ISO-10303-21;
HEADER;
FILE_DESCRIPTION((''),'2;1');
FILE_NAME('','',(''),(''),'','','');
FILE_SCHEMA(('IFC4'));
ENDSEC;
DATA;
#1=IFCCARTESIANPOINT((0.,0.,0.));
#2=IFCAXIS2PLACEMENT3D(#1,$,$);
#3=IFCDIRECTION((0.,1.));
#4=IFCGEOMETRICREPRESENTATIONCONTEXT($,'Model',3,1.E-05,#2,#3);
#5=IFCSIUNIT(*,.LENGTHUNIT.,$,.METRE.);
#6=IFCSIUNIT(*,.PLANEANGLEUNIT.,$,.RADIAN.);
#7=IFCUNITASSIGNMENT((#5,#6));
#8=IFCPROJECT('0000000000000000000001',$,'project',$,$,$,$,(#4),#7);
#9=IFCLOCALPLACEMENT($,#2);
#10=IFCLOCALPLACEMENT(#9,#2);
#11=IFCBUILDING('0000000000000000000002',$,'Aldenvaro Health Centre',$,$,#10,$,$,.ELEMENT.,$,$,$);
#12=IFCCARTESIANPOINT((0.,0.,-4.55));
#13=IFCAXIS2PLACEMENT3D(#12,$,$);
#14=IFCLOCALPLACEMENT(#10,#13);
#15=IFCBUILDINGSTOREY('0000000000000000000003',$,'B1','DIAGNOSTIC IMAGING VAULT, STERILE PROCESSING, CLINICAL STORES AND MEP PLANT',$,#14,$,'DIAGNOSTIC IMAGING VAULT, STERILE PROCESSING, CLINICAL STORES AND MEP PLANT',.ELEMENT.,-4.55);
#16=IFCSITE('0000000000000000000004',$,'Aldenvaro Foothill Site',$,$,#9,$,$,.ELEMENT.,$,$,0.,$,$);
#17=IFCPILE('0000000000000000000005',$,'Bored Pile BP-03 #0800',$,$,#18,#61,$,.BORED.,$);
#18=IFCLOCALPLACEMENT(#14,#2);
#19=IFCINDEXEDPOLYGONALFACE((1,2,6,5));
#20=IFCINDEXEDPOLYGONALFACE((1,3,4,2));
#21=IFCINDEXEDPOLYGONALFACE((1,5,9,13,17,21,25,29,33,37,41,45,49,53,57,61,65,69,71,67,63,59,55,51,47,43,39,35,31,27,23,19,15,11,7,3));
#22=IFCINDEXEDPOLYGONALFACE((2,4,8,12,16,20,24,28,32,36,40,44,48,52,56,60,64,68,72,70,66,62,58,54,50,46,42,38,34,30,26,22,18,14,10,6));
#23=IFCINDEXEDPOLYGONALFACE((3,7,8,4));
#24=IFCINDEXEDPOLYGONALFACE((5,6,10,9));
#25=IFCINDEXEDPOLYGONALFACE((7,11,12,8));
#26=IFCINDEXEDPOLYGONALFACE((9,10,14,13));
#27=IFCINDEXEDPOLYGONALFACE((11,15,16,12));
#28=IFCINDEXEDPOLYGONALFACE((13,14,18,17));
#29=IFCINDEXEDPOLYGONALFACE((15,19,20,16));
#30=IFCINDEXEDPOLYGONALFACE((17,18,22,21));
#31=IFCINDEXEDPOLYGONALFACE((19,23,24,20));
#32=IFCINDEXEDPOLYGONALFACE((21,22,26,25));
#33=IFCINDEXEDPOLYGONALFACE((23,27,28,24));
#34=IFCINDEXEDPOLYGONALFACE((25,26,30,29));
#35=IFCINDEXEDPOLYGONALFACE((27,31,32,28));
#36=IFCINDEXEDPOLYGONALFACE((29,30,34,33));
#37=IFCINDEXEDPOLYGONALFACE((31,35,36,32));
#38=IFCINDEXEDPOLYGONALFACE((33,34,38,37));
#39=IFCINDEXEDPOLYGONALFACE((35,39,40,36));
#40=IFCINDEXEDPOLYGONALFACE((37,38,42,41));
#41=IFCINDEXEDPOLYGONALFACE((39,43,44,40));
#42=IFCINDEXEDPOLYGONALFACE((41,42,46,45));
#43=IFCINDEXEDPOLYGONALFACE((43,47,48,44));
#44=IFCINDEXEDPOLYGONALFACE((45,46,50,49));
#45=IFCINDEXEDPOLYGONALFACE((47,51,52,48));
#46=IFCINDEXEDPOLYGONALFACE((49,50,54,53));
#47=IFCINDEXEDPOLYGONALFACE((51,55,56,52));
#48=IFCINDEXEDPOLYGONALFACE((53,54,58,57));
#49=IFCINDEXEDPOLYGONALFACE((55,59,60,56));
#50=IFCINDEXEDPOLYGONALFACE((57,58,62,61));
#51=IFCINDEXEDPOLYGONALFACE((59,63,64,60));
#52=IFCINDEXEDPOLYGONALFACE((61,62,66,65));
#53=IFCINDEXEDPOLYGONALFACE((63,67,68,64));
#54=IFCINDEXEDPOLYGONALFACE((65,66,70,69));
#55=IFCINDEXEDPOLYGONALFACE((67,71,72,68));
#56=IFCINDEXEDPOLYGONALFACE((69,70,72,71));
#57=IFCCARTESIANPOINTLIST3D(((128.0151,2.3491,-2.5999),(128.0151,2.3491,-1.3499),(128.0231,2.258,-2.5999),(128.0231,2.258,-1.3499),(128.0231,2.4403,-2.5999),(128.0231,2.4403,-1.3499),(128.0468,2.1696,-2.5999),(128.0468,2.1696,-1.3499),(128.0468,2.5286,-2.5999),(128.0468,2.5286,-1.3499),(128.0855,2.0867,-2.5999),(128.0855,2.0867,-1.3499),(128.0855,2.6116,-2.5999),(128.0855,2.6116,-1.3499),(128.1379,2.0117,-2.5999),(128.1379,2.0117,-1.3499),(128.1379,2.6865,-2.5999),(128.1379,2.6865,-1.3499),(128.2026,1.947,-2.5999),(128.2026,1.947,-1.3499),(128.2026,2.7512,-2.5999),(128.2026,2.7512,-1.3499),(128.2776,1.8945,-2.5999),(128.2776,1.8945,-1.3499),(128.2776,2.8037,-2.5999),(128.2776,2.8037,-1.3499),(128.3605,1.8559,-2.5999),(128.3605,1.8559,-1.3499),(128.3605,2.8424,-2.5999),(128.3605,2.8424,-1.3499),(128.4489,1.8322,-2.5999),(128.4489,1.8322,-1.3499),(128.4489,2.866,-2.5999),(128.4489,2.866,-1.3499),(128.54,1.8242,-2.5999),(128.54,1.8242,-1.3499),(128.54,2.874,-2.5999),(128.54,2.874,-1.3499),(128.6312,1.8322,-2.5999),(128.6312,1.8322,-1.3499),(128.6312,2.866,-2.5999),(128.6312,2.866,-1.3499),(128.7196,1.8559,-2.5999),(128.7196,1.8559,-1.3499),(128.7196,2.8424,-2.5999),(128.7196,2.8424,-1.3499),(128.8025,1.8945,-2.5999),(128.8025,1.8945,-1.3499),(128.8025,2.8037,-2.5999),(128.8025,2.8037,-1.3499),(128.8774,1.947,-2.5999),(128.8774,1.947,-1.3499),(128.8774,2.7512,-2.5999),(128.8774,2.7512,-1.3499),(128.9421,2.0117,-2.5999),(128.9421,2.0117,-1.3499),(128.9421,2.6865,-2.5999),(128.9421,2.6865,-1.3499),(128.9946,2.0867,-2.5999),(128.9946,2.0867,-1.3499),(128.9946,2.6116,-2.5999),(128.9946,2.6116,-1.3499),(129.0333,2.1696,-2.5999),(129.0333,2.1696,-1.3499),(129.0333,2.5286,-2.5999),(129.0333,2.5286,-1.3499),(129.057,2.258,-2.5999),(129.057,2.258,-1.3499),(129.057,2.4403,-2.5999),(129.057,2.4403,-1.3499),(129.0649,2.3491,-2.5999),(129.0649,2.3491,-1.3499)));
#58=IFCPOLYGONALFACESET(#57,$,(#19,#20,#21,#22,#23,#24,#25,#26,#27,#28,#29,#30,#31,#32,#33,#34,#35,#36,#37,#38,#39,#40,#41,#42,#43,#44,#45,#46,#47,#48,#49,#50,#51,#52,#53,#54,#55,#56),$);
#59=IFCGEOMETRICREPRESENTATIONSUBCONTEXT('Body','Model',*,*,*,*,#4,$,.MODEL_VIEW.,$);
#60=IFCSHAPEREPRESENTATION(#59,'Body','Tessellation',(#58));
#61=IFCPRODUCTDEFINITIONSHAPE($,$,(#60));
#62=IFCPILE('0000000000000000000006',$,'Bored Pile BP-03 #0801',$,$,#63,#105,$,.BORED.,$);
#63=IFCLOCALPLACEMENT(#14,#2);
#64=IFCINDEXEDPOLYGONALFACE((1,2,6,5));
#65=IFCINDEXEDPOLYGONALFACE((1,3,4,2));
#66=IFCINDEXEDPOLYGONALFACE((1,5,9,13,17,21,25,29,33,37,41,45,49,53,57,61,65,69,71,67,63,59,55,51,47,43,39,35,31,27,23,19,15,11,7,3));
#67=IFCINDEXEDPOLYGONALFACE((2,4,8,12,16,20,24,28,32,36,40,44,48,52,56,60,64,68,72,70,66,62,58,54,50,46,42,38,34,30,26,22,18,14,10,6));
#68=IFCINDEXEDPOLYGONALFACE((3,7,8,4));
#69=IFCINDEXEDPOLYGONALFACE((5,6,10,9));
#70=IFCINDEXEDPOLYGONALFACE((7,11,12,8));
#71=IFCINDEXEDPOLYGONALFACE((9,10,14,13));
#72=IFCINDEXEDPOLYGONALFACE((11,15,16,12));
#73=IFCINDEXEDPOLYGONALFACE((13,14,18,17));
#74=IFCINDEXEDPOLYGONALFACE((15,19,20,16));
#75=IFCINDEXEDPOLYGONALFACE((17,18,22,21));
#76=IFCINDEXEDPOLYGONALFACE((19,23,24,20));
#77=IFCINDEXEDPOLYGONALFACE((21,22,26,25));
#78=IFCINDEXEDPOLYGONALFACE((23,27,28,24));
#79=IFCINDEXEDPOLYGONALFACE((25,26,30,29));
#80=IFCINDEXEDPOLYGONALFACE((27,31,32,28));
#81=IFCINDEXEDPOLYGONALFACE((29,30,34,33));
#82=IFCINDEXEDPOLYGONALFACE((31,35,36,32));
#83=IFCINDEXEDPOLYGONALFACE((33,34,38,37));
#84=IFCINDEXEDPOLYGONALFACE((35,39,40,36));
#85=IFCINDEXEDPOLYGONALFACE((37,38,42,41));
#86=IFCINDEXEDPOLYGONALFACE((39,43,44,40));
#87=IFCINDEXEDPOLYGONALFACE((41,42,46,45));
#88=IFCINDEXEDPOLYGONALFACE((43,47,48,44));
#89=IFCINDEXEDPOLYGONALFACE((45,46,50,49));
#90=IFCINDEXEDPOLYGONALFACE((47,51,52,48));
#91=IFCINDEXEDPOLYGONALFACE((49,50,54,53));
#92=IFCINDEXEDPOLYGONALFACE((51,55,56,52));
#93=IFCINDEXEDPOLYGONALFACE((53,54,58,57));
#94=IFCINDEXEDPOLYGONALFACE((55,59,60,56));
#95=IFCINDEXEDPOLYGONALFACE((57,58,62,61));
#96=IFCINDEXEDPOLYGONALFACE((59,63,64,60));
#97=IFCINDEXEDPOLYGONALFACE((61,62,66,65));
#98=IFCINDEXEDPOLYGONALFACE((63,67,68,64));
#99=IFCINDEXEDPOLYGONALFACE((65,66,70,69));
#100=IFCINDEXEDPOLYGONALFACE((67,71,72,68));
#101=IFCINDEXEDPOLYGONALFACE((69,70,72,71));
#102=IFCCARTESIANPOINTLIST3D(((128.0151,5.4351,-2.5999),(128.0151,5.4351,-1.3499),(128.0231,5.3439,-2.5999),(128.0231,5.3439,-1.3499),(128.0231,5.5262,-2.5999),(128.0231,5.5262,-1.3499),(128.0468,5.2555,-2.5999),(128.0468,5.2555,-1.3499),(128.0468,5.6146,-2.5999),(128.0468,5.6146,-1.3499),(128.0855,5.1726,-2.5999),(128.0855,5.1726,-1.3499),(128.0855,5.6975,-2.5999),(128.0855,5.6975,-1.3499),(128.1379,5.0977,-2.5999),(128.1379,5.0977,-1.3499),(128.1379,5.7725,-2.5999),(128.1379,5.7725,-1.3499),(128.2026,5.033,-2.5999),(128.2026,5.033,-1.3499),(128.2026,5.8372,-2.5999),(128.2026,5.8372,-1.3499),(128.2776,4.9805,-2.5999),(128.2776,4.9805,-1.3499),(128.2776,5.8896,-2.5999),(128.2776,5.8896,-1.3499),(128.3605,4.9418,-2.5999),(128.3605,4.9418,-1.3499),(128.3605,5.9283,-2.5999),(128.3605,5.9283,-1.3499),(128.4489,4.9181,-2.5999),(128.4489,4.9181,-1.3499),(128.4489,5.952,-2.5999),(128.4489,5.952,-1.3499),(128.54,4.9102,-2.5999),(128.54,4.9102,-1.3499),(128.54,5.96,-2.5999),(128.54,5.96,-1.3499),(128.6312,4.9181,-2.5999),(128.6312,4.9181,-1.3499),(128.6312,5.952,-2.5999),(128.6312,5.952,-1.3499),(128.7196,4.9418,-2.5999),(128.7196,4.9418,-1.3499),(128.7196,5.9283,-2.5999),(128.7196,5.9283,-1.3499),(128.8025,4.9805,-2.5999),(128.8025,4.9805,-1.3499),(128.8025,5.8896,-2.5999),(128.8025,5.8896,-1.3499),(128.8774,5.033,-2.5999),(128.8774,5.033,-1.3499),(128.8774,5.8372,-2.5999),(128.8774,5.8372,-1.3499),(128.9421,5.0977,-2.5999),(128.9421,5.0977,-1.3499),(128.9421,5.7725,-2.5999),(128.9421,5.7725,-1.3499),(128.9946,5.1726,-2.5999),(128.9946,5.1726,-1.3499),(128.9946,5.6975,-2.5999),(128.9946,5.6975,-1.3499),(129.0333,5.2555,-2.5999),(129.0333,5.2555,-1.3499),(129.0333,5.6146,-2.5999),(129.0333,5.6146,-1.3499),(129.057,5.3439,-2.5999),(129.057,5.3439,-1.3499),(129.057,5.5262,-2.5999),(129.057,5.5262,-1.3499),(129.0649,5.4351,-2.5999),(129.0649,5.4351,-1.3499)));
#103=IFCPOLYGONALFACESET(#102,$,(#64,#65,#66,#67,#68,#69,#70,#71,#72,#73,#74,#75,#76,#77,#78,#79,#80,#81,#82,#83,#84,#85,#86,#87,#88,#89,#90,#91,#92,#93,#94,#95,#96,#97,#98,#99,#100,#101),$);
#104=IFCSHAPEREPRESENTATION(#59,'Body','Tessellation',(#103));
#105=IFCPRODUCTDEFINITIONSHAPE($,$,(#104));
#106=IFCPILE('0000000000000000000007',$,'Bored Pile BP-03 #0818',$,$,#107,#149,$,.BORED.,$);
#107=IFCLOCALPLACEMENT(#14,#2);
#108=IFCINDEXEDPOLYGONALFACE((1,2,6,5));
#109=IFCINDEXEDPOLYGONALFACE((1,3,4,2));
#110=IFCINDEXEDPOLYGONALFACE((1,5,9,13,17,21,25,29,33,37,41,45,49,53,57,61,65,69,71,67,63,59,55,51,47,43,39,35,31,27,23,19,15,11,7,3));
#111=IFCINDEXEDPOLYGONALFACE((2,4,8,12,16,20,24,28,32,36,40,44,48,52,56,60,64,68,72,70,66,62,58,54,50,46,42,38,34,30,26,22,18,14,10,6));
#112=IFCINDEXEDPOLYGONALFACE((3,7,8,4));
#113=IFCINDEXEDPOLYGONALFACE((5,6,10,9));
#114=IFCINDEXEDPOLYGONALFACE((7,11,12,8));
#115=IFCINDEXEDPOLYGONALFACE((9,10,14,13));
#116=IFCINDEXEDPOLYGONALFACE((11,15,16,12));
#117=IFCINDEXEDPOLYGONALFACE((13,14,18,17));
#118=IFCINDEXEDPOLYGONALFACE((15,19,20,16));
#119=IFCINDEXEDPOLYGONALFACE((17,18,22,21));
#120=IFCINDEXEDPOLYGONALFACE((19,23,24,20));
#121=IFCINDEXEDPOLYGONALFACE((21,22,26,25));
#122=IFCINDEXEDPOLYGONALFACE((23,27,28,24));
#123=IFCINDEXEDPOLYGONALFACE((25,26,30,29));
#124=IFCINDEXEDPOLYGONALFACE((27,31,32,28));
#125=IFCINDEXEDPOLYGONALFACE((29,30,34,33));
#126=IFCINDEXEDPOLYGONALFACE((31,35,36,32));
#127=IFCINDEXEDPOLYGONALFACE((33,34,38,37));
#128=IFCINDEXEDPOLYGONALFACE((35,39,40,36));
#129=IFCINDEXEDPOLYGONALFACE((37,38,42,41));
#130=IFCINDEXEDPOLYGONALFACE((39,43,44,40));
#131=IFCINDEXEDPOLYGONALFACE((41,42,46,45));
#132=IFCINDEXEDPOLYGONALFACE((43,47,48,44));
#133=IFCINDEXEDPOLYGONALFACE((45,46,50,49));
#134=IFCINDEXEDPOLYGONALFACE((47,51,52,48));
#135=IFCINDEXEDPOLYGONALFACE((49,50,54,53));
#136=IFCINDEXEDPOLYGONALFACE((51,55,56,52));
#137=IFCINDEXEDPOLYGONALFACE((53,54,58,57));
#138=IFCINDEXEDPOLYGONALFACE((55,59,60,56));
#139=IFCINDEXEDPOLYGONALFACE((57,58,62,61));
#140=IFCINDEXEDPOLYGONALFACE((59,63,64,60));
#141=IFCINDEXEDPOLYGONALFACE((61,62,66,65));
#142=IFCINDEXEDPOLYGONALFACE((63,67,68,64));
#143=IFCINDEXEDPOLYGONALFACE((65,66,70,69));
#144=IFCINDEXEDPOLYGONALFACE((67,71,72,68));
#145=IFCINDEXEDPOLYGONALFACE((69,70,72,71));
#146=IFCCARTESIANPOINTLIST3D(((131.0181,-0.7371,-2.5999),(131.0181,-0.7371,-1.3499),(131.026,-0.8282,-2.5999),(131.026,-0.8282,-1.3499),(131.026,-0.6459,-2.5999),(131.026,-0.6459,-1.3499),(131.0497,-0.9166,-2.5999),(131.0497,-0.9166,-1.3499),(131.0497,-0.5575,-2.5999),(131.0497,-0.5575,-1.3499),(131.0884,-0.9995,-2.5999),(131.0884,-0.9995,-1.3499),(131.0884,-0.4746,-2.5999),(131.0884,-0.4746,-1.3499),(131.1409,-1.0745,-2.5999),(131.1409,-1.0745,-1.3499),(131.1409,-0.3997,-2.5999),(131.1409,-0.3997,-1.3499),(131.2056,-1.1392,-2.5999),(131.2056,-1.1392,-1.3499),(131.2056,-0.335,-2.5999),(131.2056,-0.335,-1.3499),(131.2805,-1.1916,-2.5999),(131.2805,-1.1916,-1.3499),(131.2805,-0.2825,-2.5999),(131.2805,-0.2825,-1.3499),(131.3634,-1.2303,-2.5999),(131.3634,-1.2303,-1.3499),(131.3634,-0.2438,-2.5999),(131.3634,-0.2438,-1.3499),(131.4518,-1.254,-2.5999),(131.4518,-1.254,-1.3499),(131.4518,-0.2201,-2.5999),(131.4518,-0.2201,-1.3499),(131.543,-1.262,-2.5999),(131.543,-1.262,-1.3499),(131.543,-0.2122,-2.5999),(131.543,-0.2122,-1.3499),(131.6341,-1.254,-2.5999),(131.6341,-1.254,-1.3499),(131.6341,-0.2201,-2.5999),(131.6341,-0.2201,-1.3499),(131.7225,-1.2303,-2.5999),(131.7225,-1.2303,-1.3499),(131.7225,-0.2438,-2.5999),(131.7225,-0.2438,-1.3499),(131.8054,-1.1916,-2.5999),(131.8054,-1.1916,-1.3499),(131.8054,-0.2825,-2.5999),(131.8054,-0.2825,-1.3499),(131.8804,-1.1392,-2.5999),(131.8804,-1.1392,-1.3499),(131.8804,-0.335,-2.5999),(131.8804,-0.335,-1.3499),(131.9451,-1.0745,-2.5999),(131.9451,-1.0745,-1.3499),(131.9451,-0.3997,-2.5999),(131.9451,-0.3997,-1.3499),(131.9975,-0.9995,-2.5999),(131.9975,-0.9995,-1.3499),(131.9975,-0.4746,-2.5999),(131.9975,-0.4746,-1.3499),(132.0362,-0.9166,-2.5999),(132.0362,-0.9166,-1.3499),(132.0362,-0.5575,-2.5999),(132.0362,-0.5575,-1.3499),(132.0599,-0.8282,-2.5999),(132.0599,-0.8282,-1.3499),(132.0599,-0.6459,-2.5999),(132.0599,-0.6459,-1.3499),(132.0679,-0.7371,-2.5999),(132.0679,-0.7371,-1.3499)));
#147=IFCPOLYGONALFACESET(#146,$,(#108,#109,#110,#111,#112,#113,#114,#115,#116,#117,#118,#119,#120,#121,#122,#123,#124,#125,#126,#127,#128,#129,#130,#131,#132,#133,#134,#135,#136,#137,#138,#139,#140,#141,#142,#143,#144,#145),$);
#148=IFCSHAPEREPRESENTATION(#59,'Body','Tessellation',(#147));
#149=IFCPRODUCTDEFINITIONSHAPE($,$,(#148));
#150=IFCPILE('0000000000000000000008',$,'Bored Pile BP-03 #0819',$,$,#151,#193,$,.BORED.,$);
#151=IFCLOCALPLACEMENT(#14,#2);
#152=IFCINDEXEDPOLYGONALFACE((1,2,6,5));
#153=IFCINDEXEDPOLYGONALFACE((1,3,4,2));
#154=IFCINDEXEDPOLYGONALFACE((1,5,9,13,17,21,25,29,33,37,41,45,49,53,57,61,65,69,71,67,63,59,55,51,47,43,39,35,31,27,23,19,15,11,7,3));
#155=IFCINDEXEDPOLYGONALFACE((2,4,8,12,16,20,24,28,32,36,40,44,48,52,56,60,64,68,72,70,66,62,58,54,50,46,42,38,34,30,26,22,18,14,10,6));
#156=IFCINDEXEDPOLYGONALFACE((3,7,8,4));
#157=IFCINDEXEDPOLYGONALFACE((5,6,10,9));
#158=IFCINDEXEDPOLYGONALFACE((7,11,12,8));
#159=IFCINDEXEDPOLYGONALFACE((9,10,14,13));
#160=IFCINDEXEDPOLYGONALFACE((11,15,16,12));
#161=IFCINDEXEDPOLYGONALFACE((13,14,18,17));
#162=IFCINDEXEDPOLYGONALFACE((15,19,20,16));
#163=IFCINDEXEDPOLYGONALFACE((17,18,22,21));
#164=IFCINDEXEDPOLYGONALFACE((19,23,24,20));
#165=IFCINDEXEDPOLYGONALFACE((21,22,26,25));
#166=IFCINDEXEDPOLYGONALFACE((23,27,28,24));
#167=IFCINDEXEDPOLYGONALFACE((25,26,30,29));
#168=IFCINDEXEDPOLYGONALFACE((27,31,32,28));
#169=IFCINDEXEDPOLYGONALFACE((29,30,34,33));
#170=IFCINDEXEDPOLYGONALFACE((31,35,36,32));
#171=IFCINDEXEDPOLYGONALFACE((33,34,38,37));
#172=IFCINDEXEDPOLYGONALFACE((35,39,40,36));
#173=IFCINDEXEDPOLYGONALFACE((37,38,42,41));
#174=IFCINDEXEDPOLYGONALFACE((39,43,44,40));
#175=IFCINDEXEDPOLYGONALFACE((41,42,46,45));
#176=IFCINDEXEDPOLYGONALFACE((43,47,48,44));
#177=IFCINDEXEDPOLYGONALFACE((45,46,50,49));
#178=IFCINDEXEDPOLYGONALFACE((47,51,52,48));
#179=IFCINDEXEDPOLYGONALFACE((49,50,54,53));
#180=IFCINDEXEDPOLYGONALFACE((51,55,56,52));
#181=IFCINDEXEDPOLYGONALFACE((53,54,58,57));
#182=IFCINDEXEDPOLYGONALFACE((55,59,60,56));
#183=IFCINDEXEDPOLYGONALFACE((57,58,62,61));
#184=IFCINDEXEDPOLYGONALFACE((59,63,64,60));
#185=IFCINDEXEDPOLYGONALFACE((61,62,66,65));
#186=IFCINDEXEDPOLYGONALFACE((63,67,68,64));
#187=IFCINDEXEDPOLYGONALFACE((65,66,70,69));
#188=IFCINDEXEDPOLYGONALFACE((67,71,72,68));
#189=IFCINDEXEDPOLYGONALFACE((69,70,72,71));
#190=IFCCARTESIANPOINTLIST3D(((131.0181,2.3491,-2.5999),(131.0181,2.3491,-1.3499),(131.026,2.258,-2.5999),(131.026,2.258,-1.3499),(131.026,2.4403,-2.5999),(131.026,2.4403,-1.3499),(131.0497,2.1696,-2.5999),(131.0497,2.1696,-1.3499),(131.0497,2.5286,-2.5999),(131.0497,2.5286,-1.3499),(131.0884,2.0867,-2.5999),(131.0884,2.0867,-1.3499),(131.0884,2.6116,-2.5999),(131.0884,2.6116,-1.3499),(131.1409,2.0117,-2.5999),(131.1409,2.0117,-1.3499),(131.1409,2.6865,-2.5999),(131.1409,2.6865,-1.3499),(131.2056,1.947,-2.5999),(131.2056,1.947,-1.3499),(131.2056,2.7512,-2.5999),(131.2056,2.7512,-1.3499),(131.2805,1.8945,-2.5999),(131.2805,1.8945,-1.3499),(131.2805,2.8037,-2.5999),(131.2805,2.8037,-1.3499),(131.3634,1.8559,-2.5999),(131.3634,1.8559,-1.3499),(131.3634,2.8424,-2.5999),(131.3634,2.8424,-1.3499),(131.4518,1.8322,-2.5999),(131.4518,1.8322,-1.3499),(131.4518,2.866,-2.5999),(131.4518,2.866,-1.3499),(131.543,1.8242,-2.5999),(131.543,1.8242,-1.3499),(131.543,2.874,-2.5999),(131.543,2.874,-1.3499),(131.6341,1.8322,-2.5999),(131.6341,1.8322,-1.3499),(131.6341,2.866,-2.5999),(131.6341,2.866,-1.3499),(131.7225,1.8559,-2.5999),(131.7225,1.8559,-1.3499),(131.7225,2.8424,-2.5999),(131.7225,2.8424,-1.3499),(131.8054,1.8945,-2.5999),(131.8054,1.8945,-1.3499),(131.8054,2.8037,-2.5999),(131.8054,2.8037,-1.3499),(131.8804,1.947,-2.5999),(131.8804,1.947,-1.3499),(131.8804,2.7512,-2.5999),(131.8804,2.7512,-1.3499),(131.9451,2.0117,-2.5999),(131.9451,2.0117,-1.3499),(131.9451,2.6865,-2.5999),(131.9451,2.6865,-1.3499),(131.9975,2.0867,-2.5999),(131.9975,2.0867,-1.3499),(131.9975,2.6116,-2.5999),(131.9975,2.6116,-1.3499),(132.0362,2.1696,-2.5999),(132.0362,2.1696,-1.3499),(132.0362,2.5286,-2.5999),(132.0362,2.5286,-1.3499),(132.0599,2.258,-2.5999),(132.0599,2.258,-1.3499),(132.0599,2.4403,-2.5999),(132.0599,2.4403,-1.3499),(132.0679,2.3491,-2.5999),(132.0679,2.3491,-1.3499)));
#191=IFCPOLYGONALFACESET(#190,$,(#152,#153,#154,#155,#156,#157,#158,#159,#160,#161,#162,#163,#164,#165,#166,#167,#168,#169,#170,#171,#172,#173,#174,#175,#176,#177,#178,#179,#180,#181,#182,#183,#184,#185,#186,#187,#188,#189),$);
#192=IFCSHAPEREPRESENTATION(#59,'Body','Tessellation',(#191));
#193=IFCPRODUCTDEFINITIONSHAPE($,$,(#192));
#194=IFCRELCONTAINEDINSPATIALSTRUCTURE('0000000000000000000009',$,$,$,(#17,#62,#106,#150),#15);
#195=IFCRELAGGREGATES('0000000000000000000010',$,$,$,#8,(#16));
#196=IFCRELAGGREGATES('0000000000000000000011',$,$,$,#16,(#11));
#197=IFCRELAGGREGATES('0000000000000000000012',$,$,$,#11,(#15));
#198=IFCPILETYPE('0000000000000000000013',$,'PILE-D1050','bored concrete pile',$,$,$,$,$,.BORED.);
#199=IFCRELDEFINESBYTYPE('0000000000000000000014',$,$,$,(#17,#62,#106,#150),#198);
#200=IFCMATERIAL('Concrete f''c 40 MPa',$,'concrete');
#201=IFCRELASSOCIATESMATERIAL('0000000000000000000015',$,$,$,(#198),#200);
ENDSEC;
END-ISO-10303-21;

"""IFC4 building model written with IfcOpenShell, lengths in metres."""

from ifc_helpers import new_model, si_unit, direction, frame, origin, origin_2d, place, context, subcontext, project, spatial, circle, extrude, material, material_profile, profile_set, type_object, element, save


model = new_model("IFC4")

# Units and contexts
model_context = context("Model", 3, precision=1e-05, world=origin(), true_north=direction((0.0, 1.0)))
body_context = subcontext(model_context, "Body", "Model", "MODEL_VIEW")
ifc_project = project(units=[si_unit("LENGTHUNIT", "METRE"), si_unit("PLANEANGLEUNIT", "RADIAN")], contexts=[model_context])

# Site, building, storey
site_placement = place(None, origin())
site = spatial("IfcSite", under=ifc_project, at=site_placement, Name="Aldenvaro Foothill Site", CompositionType="ELEMENT", RefElevation=0.0)
building_placement = place(site_placement, origin())
building = spatial("IfcBuilding", under=site, at=building_placement, Name="Aldenvaro Health Centre", CompositionType="ELEMENT")
storey_placement = place(building_placement, frame((0.0, 0.0, -4.55)))
storey = spatial("IfcBuildingStorey", under=building, at=storey_placement, Name="B1", Description="DIAGNOSTIC IMAGING VAULT, STERILE PROCESSING, CLINICAL STORES AND MEP PLANT", LongName="DIAGNOSTIC IMAGING VAULT, STERILE PROCESSING, CLINICAL STORES AND MEP PLANT", CompositionType="ELEMENT", Elevation=-4.55)

# Shared definitions
ifc_material = material(Name="Concrete f'c 40 MPa", Category="concrete")

# Piles
ifc_material_profile_1 = material_profile(ifc_material, circle(Radius=0.5249, at=origin_2d()), Name="PILE D1050", Category="concrete")
ifc_profile_set_1 = profile_set([ifc_material_profile_1], Name="Concrete f'c 40 MPa")
pile_type_1 = type_object("IfcPileType", Name="PILE-D1050", Description="bored concrete pile", PredefinedType="BORED", material=ifc_profile_set_1)
for number, where, z_axis, x_axis, name in (
    (1, (128.54, 2.3491, -1.3499), (0.0, 0.0, -1.0), (1.0, 0.0, 0.0), "Bored Pile BP-03 #0800"),
    (2, (128.54, 5.4351, -1.3499), (0.0, 0.0, -1.0), (1.0, 0.0, 0.0), "Bored Pile BP-03 #0801"),
    (3, (131.543, -0.7371, -1.3499), (0.0, 0.0, -1.0), (1.0, 0.0, 0.0), "Bored Pile BP-03 #0818"),
    (4, (131.543, 2.3491, -1.3499), (0.0, 0.0, -1.0), (1.0, 0.0, 0.0), "Bored Pile BP-03 #0819"),
):
    element("IfcPile", number, at=place(storey_placement, frame(where, z_axis=z_axis, x_axis=x_axis)), inside=storey, type_object=pile_type_1, Name=name, PredefinedType="BORED", context=body_context, shape_type="SweptSolid", body=[
        extrude(circle(Radius=0.5249, at=origin_2d()), origin(), (0.0, 0.0, 1.0), 1.25),
    ])

save(model, "model.ifc")
